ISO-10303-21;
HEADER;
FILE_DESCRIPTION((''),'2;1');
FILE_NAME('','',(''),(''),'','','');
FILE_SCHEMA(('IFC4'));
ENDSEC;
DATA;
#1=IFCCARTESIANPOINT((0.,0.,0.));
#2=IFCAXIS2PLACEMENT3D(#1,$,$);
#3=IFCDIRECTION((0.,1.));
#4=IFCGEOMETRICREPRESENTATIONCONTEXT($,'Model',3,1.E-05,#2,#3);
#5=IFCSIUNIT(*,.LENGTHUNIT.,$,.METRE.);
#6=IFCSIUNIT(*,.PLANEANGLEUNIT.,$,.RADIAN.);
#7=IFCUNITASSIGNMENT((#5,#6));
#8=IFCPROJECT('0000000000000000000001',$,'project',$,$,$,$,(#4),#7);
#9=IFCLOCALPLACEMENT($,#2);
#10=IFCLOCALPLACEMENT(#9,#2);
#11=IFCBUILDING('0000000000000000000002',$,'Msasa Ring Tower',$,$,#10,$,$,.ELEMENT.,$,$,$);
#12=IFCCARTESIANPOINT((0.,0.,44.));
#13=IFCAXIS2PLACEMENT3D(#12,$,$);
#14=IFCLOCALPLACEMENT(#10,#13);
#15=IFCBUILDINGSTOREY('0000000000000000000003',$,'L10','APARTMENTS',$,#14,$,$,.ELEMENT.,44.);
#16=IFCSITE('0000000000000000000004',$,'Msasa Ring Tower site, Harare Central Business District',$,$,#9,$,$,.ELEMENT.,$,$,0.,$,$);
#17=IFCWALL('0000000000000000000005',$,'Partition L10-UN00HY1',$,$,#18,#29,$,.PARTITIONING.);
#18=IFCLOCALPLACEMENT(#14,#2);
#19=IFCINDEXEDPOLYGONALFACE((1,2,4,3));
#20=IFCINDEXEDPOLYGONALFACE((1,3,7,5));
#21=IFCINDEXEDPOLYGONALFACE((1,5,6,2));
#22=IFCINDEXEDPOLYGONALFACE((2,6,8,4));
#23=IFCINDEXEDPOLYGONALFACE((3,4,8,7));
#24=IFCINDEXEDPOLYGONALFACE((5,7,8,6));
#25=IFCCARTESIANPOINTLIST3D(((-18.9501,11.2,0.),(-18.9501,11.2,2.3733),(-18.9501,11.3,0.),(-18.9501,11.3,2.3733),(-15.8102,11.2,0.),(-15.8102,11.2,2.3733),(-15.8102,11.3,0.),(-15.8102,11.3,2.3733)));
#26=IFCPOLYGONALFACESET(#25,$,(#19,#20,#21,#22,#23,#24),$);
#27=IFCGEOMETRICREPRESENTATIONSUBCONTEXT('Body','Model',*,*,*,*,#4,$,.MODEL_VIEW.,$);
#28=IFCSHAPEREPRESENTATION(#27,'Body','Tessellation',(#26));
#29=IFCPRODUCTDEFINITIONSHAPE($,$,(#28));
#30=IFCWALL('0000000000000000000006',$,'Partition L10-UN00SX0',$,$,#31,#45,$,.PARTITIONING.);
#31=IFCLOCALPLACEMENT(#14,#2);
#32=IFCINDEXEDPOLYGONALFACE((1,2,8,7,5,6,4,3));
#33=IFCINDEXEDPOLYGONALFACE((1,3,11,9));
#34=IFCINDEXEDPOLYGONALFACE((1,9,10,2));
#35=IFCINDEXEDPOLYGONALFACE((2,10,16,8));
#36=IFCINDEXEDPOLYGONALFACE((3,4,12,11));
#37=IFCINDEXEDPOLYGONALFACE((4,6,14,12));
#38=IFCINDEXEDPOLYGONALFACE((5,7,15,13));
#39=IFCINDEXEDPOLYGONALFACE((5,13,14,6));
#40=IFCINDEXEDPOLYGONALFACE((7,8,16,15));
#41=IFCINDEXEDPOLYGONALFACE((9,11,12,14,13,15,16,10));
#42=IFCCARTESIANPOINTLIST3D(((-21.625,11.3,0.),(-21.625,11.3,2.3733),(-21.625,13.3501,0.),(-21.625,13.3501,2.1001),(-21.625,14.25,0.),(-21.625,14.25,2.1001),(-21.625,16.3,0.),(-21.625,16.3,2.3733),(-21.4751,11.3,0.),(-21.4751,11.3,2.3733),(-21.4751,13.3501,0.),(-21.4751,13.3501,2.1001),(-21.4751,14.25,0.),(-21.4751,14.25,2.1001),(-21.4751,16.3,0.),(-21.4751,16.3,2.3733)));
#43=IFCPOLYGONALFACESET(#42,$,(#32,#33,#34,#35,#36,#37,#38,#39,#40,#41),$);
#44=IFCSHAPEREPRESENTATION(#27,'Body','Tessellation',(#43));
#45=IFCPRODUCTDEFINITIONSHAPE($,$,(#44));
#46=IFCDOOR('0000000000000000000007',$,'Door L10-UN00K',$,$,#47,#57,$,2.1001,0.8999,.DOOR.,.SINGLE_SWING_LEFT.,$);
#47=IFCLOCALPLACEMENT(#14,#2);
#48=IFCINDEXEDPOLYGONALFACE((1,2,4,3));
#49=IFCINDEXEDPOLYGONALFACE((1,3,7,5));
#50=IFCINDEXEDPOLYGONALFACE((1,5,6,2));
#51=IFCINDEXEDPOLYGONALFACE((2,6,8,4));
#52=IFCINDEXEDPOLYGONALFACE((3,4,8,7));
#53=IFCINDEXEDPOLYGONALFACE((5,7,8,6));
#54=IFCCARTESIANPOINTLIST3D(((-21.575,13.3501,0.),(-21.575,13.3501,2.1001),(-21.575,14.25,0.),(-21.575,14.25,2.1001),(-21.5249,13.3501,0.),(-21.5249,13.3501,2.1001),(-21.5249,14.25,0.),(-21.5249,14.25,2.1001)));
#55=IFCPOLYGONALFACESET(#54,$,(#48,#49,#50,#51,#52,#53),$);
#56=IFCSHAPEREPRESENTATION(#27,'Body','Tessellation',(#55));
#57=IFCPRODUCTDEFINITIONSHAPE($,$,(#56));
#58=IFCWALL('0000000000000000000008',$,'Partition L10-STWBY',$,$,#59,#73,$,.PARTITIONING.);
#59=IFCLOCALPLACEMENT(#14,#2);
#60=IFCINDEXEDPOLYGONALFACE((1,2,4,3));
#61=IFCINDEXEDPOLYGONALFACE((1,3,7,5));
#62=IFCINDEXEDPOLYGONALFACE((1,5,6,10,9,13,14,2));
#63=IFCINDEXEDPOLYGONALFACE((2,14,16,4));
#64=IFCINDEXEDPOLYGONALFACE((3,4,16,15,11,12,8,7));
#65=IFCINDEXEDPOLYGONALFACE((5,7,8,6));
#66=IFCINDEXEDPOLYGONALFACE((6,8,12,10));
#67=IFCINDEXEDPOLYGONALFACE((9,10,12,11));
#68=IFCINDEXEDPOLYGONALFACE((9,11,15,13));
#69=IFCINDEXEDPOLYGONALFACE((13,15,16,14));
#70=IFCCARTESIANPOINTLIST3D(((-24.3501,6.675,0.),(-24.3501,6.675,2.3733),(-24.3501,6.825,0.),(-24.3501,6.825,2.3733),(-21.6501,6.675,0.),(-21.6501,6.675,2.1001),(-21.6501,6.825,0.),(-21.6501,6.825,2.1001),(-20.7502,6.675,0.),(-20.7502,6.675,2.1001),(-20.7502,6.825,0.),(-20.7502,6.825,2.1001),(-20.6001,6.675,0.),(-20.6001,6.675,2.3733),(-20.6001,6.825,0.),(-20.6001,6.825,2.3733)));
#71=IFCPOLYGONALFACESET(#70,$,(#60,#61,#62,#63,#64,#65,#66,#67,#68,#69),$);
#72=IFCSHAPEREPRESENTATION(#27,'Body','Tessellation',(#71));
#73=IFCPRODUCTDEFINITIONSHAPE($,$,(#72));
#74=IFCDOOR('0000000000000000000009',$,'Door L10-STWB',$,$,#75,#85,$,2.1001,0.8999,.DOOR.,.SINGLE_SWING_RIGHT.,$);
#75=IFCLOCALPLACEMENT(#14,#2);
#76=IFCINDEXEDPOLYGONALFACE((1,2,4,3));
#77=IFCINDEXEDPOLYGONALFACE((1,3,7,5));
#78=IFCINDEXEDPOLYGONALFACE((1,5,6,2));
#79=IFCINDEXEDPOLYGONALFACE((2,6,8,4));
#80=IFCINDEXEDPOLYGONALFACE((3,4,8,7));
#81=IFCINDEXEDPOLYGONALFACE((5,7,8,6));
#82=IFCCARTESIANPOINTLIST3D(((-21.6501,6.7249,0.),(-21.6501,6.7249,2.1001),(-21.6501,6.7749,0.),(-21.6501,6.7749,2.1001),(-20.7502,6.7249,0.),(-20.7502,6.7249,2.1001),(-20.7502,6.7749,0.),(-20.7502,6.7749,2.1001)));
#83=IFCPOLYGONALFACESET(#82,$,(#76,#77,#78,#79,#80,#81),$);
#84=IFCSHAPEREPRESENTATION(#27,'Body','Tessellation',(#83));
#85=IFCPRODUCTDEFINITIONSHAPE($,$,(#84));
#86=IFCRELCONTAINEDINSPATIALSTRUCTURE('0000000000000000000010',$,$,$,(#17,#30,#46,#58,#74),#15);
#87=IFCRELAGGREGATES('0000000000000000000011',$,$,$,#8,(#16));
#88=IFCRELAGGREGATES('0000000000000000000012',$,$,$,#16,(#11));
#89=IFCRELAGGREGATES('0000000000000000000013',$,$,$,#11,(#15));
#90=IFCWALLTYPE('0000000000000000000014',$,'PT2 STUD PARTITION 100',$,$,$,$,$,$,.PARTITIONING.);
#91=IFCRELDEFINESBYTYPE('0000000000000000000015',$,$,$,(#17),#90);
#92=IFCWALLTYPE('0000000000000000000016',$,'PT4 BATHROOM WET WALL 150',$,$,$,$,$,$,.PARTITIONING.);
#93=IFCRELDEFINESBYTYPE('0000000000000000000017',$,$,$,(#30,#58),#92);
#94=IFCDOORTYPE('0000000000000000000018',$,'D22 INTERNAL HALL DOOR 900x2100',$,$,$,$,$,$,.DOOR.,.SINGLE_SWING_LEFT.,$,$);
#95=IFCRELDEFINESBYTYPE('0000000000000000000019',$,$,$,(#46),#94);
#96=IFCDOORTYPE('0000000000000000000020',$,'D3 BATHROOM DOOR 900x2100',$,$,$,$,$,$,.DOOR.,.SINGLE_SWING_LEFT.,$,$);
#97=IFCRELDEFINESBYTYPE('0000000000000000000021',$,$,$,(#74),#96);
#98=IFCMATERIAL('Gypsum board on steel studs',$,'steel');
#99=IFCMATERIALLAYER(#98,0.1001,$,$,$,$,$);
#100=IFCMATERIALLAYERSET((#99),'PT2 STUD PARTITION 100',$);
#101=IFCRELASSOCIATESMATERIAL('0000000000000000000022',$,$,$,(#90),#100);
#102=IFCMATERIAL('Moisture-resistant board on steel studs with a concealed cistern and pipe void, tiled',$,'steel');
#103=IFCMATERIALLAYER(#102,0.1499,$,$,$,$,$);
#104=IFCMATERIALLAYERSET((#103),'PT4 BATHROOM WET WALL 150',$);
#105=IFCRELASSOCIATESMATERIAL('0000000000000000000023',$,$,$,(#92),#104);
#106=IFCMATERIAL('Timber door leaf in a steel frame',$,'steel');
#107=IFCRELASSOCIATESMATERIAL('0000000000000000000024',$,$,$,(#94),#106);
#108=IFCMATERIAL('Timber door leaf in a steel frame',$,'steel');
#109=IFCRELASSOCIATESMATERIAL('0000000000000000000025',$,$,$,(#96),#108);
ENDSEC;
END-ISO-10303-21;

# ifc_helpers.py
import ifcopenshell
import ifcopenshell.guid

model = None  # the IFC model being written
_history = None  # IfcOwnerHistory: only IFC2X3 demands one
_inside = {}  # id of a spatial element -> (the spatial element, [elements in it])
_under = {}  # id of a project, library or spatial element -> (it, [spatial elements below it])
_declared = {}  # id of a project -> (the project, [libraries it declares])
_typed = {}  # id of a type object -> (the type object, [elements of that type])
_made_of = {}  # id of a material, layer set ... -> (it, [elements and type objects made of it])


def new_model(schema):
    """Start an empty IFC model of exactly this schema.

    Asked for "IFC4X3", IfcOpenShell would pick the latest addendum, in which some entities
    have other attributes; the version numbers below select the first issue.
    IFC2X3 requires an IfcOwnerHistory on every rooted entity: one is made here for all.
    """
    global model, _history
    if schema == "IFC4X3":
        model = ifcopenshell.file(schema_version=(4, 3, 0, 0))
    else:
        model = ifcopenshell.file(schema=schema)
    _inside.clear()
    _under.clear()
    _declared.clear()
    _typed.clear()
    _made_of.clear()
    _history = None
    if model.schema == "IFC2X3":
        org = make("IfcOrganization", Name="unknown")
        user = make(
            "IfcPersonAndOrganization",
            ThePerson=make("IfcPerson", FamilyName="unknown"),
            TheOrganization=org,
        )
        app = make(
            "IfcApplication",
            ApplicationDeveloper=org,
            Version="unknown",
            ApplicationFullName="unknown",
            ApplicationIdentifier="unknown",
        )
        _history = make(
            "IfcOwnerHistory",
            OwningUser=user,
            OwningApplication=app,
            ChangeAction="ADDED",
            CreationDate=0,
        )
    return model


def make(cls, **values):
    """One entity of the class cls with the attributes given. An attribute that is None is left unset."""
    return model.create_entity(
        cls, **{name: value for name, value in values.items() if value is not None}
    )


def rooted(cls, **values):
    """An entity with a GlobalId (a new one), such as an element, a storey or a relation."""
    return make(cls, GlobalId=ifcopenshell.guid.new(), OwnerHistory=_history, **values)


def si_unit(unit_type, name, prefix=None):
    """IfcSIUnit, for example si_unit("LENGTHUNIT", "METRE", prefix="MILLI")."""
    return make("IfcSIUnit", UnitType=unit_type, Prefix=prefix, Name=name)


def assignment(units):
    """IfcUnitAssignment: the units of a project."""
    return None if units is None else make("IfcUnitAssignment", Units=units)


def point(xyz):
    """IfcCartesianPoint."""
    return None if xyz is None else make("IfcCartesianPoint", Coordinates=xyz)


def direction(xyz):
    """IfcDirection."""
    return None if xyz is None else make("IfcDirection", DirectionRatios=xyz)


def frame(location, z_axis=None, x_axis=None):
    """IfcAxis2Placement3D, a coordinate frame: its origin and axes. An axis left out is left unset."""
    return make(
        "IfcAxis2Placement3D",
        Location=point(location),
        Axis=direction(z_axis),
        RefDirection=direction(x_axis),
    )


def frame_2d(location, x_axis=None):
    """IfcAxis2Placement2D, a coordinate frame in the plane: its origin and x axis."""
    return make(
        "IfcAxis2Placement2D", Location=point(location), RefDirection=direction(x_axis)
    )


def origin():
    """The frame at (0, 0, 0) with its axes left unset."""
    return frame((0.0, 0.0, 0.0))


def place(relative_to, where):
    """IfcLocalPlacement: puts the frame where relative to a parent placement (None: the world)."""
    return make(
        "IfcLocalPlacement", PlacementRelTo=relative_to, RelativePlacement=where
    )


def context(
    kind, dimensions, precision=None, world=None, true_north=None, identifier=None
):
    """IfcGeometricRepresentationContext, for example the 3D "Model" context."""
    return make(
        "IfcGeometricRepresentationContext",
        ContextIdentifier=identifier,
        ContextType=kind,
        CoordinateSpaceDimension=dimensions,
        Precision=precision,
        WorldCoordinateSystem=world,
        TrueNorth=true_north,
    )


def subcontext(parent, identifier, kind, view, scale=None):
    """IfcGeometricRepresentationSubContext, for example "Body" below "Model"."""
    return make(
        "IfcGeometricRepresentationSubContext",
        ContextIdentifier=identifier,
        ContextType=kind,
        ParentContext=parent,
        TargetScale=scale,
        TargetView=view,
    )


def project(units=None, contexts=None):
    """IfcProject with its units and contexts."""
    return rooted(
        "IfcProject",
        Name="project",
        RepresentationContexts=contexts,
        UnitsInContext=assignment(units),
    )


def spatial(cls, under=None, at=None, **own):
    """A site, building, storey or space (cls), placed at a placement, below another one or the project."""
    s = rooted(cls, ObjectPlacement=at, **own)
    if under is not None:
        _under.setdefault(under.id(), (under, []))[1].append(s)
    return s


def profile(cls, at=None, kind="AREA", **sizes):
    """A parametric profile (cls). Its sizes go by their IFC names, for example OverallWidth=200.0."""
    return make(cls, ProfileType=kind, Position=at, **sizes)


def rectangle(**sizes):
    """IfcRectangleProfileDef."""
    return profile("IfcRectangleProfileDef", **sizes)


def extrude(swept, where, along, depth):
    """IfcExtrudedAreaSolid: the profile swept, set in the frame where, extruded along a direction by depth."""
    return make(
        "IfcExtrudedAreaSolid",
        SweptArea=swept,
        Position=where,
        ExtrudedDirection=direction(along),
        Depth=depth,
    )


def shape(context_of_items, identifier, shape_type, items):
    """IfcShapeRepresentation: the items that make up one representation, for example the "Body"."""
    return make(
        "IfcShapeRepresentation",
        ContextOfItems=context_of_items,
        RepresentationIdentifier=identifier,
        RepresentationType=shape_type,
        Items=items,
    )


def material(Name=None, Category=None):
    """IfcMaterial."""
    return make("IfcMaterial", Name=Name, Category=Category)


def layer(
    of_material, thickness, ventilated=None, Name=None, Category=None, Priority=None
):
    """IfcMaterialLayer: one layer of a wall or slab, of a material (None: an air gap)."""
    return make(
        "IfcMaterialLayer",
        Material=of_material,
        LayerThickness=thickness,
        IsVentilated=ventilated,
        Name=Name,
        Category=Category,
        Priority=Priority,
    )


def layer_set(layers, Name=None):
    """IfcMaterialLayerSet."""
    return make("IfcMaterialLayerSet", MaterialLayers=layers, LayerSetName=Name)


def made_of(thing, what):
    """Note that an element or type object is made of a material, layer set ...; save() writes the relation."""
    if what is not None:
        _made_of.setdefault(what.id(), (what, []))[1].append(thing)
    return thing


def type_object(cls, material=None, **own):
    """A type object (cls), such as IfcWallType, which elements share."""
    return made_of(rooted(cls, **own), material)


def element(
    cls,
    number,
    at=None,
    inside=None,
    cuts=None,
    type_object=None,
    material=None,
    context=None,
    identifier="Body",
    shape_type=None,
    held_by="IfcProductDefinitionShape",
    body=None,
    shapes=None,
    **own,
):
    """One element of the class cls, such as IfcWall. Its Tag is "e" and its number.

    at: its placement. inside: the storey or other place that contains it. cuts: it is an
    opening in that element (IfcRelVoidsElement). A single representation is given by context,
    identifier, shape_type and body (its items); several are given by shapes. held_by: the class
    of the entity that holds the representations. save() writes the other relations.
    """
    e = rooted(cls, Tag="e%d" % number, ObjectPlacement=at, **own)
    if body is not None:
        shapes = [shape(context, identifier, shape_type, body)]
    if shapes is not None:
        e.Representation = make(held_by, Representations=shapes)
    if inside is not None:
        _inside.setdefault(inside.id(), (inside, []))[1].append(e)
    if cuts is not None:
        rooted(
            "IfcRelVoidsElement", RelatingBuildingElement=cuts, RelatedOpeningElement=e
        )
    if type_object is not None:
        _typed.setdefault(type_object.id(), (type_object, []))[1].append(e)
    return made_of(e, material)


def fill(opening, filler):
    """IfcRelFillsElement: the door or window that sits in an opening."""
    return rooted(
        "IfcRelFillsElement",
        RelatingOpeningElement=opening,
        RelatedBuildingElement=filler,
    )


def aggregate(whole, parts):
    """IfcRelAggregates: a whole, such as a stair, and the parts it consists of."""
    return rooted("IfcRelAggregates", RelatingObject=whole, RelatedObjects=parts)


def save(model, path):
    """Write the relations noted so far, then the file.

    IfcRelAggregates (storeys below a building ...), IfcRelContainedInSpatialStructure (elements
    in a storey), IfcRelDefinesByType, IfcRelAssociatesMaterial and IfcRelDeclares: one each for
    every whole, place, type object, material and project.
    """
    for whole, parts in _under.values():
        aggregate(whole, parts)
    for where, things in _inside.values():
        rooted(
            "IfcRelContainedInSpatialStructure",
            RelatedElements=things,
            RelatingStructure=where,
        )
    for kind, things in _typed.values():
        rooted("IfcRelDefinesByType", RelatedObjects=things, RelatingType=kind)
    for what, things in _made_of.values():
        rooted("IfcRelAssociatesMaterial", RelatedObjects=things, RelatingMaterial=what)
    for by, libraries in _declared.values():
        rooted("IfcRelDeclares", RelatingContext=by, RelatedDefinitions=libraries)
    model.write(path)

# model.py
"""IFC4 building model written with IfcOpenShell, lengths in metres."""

from ifc_helpers import new_model, si_unit, direction, frame, frame_2d, origin, place, context, subcontext, project, spatial, rectangle, extrude, material, layer, layer_set, type_object, element, fill, save


model = new_model("IFC4")

# Units and contexts
model_context = context("Model", 3, precision=1e-05, world=origin(), true_north=direction((0.0, 1.0)))
body_context = subcontext(model_context, "Body", "Model", "MODEL_VIEW")
ifc_project = project(units=[si_unit("LENGTHUNIT", "METRE"), si_unit("PLANEANGLEUNIT", "RADIAN")], contexts=[model_context])

# Site, building, storey
site_placement = place(None, origin())
site = spatial("IfcSite", under=ifc_project, at=site_placement, Name="Msasa Ring Tower site, Harare Central Business District", CompositionType="ELEMENT", RefElevation=0.0)
building_placement = place(site_placement, origin())
building = spatial("IfcBuilding", under=site, at=building_placement, Name="Msasa Ring Tower", CompositionType="ELEMENT")
storey_placement = place(building_placement, frame((0.0, 0.0, 44.0)))
storey = spatial("IfcBuildingStorey", under=building, at=storey_placement, Name="L10", Description="APARTMENTS", CompositionType="ELEMENT", Elevation=44.0)

# Wall
ifc_material_1 = material(Name="Gypsum board on steel studs", Category="steel")
ifc_layer_1 = layer(ifc_material_1, 0.1001)
ifc_layer_set_1 = layer_set([ifc_layer_1], Name="PT2 STUD PARTITION 100")
wall_type_1 = type_object("IfcWallType", Name="PT2 STUD PARTITION 100", PredefinedType="PARTITIONING", material=ifc_layer_set_1)
wall_1_placement = place(storey_placement, frame((-18.95, 11.25, 0.0), z_axis=(0.0, 0.0, 1.0), x_axis=(1.0, 0.0, 0.0)))
element("IfcWall", 1, at=wall_1_placement, inside=storey, type_object=wall_type_1, Name="Partition L10-UN00HY1", PredefinedType="PARTITIONING", context=body_context, shape_type="SweptSolid", body=[
    extrude(rectangle(XDim=3.1399, YDim=0.1001, at=frame_2d((1.5698, 0.0))), origin(), (0.0, 0.0, 1.0), 2.3733),
])

# Walls, openings, doors
ifc_material_2 = material(Name="Moisture-resistant board on steel studs with a concealed cistern and pipe void, tiled", Category="steel")
ifc_layer_2 = layer(ifc_material_2, 0.1499)
ifc_layer_set_2 = layer_set([ifc_layer_2], Name="PT4 BATHROOM WET WALL 150")
wall_type_2 = type_object("IfcWallType", Name="PT4 BATHROOM WET WALL 150", PredefinedType="PARTITIONING", material=ifc_layer_set_2)
wall_2_placement = place(storey_placement, frame((-21.55, 11.3, 0.0), z_axis=(0.0, 0.0, 1.0), x_axis=(0.0, 1.0, 0.0)))
wall_2 = element("IfcWall", 2, at=wall_2_placement, inside=storey, type_object=wall_type_2, Name="Partition L10-UN00SX0", PredefinedType="PARTITIONING", context=body_context, shape_type="SweptSolid", body=[
    extrude(rectangle(XDim=5.0, YDim=0.1499, at=frame_2d((2.5, 0.0))), origin(), (0.0, 0.0, 1.0), 2.3733),
])
opening_1_placement = place(wall_2_placement, frame((2.05, 0.0, 0.0)))
opening_1 = element("IfcOpeningElement", 3, at=opening_1_placement, cuts=wall_2, PredefinedType="OPENING", context=body_context, shape_type="SweptSolid", body=[
    extrude(rectangle(XDim=0.8999, YDim=2.1001, at=frame_2d((0.45, 1.05))), frame((0.0, 0.085, 0.0), z_axis=(0.0, -1.0, 0.0), x_axis=(1.0, 0.0, 0.0)), (0.0, 0.0, 1.0), 0.1699),
])
ifc_material_3 = material(Name="Timber door leaf in a steel frame", Category="steel")
door_type_1 = type_object("IfcDoorType", Name="D22 INTERNAL HALL DOOR 900x2100", OperationType="SINGLE_SWING_LEFT", PredefinedType="DOOR", material=ifc_material_3)
door_1_placement = place(opening_1_placement, origin())
door_1 = element("IfcDoor", 4, at=door_1_placement, inside=storey, type_object=door_type_1, Name="Door L10-UN00K", OperationType="SINGLE_SWING_LEFT", OverallHeight=2.1001, OverallWidth=0.8999, PredefinedType="DOOR", context=body_context, shape_type="SweptSolid", body=[
    extrude(rectangle(XDim=0.8999, YDim=2.1001, at=frame_2d((0.45, 1.05))), frame((0.0, 0.0249, 0.0), z_axis=(0.0, -1.0, 0.0), x_axis=(1.0, 0.0, 0.0)), (0.0, 0.0, 1.0), 0.05),
])
fill(opening_1, door_1)
wall_3_placement = place(storey_placement, frame((-24.3501, 6.75, 0.0), z_axis=(0.0, 0.0, 1.0), x_axis=(1.0, 0.0, 0.0)))
wall_3 = element("IfcWall", 5, at=wall_3_placement, inside=storey, type_object=wall_type_2, Name="Partition L10-STWBY", PredefinedType="PARTITIONING", context=body_context, shape_type="SweptSolid", body=[
    extrude(rectangle(XDim=3.75, YDim=0.1499, at=frame_2d((1.875, 0.0))), origin(), (0.0, 0.0, 1.0), 2.3733),
])
opening_2_placement = place(wall_3_placement, frame((2.7, 0.0, 0.0)))
opening_2 = element("IfcOpeningElement", 6, at=opening_2_placement, cuts=wall_3, PredefinedType="OPENING", context=body_context, shape_type="SweptSolid", body=[
    extrude(rectangle(XDim=0.8999, YDim=2.1001, at=frame_2d((0.45, 1.05))), frame((0.0, 0.085, 0.0), z_axis=(0.0, -1.0, 0.0), x_axis=(1.0, 0.0, 0.0)), (0.0, 0.0, 1.0), 0.1699),
])
ifc_material_4 = material(Name="Timber door leaf in a steel frame", Category="steel")
door_type_2 = type_object("IfcDoorType", Name="D3 BATHROOM DOOR 900x2100", OperationType="SINGLE_SWING_LEFT", PredefinedType="DOOR", material=ifc_material_4)
door_2_placement = place(opening_2_placement, origin())
door_2 = element("IfcDoor", 7, at=door_2_placement, inside=storey, type_object=door_type_2, Name="Door L10-STWB", OperationType="SINGLE_SWING_RIGHT", OverallHeight=2.1001, OverallWidth=0.8999, PredefinedType="DOOR", context=body_context, shape_type="SweptSolid", body=[
    extrude(rectangle(XDim=0.8999, YDim=2.1001, at=frame_2d((0.45, 1.05))), frame((0.0, 0.0249, 0.0), z_axis=(0.0, -1.0, 0.0), x_axis=(1.0, 0.0, 0.0)), (0.0, 0.0, 1.0), 0.05),
])
fill(opening_2, door_2)

save(model, "model.ifc")
